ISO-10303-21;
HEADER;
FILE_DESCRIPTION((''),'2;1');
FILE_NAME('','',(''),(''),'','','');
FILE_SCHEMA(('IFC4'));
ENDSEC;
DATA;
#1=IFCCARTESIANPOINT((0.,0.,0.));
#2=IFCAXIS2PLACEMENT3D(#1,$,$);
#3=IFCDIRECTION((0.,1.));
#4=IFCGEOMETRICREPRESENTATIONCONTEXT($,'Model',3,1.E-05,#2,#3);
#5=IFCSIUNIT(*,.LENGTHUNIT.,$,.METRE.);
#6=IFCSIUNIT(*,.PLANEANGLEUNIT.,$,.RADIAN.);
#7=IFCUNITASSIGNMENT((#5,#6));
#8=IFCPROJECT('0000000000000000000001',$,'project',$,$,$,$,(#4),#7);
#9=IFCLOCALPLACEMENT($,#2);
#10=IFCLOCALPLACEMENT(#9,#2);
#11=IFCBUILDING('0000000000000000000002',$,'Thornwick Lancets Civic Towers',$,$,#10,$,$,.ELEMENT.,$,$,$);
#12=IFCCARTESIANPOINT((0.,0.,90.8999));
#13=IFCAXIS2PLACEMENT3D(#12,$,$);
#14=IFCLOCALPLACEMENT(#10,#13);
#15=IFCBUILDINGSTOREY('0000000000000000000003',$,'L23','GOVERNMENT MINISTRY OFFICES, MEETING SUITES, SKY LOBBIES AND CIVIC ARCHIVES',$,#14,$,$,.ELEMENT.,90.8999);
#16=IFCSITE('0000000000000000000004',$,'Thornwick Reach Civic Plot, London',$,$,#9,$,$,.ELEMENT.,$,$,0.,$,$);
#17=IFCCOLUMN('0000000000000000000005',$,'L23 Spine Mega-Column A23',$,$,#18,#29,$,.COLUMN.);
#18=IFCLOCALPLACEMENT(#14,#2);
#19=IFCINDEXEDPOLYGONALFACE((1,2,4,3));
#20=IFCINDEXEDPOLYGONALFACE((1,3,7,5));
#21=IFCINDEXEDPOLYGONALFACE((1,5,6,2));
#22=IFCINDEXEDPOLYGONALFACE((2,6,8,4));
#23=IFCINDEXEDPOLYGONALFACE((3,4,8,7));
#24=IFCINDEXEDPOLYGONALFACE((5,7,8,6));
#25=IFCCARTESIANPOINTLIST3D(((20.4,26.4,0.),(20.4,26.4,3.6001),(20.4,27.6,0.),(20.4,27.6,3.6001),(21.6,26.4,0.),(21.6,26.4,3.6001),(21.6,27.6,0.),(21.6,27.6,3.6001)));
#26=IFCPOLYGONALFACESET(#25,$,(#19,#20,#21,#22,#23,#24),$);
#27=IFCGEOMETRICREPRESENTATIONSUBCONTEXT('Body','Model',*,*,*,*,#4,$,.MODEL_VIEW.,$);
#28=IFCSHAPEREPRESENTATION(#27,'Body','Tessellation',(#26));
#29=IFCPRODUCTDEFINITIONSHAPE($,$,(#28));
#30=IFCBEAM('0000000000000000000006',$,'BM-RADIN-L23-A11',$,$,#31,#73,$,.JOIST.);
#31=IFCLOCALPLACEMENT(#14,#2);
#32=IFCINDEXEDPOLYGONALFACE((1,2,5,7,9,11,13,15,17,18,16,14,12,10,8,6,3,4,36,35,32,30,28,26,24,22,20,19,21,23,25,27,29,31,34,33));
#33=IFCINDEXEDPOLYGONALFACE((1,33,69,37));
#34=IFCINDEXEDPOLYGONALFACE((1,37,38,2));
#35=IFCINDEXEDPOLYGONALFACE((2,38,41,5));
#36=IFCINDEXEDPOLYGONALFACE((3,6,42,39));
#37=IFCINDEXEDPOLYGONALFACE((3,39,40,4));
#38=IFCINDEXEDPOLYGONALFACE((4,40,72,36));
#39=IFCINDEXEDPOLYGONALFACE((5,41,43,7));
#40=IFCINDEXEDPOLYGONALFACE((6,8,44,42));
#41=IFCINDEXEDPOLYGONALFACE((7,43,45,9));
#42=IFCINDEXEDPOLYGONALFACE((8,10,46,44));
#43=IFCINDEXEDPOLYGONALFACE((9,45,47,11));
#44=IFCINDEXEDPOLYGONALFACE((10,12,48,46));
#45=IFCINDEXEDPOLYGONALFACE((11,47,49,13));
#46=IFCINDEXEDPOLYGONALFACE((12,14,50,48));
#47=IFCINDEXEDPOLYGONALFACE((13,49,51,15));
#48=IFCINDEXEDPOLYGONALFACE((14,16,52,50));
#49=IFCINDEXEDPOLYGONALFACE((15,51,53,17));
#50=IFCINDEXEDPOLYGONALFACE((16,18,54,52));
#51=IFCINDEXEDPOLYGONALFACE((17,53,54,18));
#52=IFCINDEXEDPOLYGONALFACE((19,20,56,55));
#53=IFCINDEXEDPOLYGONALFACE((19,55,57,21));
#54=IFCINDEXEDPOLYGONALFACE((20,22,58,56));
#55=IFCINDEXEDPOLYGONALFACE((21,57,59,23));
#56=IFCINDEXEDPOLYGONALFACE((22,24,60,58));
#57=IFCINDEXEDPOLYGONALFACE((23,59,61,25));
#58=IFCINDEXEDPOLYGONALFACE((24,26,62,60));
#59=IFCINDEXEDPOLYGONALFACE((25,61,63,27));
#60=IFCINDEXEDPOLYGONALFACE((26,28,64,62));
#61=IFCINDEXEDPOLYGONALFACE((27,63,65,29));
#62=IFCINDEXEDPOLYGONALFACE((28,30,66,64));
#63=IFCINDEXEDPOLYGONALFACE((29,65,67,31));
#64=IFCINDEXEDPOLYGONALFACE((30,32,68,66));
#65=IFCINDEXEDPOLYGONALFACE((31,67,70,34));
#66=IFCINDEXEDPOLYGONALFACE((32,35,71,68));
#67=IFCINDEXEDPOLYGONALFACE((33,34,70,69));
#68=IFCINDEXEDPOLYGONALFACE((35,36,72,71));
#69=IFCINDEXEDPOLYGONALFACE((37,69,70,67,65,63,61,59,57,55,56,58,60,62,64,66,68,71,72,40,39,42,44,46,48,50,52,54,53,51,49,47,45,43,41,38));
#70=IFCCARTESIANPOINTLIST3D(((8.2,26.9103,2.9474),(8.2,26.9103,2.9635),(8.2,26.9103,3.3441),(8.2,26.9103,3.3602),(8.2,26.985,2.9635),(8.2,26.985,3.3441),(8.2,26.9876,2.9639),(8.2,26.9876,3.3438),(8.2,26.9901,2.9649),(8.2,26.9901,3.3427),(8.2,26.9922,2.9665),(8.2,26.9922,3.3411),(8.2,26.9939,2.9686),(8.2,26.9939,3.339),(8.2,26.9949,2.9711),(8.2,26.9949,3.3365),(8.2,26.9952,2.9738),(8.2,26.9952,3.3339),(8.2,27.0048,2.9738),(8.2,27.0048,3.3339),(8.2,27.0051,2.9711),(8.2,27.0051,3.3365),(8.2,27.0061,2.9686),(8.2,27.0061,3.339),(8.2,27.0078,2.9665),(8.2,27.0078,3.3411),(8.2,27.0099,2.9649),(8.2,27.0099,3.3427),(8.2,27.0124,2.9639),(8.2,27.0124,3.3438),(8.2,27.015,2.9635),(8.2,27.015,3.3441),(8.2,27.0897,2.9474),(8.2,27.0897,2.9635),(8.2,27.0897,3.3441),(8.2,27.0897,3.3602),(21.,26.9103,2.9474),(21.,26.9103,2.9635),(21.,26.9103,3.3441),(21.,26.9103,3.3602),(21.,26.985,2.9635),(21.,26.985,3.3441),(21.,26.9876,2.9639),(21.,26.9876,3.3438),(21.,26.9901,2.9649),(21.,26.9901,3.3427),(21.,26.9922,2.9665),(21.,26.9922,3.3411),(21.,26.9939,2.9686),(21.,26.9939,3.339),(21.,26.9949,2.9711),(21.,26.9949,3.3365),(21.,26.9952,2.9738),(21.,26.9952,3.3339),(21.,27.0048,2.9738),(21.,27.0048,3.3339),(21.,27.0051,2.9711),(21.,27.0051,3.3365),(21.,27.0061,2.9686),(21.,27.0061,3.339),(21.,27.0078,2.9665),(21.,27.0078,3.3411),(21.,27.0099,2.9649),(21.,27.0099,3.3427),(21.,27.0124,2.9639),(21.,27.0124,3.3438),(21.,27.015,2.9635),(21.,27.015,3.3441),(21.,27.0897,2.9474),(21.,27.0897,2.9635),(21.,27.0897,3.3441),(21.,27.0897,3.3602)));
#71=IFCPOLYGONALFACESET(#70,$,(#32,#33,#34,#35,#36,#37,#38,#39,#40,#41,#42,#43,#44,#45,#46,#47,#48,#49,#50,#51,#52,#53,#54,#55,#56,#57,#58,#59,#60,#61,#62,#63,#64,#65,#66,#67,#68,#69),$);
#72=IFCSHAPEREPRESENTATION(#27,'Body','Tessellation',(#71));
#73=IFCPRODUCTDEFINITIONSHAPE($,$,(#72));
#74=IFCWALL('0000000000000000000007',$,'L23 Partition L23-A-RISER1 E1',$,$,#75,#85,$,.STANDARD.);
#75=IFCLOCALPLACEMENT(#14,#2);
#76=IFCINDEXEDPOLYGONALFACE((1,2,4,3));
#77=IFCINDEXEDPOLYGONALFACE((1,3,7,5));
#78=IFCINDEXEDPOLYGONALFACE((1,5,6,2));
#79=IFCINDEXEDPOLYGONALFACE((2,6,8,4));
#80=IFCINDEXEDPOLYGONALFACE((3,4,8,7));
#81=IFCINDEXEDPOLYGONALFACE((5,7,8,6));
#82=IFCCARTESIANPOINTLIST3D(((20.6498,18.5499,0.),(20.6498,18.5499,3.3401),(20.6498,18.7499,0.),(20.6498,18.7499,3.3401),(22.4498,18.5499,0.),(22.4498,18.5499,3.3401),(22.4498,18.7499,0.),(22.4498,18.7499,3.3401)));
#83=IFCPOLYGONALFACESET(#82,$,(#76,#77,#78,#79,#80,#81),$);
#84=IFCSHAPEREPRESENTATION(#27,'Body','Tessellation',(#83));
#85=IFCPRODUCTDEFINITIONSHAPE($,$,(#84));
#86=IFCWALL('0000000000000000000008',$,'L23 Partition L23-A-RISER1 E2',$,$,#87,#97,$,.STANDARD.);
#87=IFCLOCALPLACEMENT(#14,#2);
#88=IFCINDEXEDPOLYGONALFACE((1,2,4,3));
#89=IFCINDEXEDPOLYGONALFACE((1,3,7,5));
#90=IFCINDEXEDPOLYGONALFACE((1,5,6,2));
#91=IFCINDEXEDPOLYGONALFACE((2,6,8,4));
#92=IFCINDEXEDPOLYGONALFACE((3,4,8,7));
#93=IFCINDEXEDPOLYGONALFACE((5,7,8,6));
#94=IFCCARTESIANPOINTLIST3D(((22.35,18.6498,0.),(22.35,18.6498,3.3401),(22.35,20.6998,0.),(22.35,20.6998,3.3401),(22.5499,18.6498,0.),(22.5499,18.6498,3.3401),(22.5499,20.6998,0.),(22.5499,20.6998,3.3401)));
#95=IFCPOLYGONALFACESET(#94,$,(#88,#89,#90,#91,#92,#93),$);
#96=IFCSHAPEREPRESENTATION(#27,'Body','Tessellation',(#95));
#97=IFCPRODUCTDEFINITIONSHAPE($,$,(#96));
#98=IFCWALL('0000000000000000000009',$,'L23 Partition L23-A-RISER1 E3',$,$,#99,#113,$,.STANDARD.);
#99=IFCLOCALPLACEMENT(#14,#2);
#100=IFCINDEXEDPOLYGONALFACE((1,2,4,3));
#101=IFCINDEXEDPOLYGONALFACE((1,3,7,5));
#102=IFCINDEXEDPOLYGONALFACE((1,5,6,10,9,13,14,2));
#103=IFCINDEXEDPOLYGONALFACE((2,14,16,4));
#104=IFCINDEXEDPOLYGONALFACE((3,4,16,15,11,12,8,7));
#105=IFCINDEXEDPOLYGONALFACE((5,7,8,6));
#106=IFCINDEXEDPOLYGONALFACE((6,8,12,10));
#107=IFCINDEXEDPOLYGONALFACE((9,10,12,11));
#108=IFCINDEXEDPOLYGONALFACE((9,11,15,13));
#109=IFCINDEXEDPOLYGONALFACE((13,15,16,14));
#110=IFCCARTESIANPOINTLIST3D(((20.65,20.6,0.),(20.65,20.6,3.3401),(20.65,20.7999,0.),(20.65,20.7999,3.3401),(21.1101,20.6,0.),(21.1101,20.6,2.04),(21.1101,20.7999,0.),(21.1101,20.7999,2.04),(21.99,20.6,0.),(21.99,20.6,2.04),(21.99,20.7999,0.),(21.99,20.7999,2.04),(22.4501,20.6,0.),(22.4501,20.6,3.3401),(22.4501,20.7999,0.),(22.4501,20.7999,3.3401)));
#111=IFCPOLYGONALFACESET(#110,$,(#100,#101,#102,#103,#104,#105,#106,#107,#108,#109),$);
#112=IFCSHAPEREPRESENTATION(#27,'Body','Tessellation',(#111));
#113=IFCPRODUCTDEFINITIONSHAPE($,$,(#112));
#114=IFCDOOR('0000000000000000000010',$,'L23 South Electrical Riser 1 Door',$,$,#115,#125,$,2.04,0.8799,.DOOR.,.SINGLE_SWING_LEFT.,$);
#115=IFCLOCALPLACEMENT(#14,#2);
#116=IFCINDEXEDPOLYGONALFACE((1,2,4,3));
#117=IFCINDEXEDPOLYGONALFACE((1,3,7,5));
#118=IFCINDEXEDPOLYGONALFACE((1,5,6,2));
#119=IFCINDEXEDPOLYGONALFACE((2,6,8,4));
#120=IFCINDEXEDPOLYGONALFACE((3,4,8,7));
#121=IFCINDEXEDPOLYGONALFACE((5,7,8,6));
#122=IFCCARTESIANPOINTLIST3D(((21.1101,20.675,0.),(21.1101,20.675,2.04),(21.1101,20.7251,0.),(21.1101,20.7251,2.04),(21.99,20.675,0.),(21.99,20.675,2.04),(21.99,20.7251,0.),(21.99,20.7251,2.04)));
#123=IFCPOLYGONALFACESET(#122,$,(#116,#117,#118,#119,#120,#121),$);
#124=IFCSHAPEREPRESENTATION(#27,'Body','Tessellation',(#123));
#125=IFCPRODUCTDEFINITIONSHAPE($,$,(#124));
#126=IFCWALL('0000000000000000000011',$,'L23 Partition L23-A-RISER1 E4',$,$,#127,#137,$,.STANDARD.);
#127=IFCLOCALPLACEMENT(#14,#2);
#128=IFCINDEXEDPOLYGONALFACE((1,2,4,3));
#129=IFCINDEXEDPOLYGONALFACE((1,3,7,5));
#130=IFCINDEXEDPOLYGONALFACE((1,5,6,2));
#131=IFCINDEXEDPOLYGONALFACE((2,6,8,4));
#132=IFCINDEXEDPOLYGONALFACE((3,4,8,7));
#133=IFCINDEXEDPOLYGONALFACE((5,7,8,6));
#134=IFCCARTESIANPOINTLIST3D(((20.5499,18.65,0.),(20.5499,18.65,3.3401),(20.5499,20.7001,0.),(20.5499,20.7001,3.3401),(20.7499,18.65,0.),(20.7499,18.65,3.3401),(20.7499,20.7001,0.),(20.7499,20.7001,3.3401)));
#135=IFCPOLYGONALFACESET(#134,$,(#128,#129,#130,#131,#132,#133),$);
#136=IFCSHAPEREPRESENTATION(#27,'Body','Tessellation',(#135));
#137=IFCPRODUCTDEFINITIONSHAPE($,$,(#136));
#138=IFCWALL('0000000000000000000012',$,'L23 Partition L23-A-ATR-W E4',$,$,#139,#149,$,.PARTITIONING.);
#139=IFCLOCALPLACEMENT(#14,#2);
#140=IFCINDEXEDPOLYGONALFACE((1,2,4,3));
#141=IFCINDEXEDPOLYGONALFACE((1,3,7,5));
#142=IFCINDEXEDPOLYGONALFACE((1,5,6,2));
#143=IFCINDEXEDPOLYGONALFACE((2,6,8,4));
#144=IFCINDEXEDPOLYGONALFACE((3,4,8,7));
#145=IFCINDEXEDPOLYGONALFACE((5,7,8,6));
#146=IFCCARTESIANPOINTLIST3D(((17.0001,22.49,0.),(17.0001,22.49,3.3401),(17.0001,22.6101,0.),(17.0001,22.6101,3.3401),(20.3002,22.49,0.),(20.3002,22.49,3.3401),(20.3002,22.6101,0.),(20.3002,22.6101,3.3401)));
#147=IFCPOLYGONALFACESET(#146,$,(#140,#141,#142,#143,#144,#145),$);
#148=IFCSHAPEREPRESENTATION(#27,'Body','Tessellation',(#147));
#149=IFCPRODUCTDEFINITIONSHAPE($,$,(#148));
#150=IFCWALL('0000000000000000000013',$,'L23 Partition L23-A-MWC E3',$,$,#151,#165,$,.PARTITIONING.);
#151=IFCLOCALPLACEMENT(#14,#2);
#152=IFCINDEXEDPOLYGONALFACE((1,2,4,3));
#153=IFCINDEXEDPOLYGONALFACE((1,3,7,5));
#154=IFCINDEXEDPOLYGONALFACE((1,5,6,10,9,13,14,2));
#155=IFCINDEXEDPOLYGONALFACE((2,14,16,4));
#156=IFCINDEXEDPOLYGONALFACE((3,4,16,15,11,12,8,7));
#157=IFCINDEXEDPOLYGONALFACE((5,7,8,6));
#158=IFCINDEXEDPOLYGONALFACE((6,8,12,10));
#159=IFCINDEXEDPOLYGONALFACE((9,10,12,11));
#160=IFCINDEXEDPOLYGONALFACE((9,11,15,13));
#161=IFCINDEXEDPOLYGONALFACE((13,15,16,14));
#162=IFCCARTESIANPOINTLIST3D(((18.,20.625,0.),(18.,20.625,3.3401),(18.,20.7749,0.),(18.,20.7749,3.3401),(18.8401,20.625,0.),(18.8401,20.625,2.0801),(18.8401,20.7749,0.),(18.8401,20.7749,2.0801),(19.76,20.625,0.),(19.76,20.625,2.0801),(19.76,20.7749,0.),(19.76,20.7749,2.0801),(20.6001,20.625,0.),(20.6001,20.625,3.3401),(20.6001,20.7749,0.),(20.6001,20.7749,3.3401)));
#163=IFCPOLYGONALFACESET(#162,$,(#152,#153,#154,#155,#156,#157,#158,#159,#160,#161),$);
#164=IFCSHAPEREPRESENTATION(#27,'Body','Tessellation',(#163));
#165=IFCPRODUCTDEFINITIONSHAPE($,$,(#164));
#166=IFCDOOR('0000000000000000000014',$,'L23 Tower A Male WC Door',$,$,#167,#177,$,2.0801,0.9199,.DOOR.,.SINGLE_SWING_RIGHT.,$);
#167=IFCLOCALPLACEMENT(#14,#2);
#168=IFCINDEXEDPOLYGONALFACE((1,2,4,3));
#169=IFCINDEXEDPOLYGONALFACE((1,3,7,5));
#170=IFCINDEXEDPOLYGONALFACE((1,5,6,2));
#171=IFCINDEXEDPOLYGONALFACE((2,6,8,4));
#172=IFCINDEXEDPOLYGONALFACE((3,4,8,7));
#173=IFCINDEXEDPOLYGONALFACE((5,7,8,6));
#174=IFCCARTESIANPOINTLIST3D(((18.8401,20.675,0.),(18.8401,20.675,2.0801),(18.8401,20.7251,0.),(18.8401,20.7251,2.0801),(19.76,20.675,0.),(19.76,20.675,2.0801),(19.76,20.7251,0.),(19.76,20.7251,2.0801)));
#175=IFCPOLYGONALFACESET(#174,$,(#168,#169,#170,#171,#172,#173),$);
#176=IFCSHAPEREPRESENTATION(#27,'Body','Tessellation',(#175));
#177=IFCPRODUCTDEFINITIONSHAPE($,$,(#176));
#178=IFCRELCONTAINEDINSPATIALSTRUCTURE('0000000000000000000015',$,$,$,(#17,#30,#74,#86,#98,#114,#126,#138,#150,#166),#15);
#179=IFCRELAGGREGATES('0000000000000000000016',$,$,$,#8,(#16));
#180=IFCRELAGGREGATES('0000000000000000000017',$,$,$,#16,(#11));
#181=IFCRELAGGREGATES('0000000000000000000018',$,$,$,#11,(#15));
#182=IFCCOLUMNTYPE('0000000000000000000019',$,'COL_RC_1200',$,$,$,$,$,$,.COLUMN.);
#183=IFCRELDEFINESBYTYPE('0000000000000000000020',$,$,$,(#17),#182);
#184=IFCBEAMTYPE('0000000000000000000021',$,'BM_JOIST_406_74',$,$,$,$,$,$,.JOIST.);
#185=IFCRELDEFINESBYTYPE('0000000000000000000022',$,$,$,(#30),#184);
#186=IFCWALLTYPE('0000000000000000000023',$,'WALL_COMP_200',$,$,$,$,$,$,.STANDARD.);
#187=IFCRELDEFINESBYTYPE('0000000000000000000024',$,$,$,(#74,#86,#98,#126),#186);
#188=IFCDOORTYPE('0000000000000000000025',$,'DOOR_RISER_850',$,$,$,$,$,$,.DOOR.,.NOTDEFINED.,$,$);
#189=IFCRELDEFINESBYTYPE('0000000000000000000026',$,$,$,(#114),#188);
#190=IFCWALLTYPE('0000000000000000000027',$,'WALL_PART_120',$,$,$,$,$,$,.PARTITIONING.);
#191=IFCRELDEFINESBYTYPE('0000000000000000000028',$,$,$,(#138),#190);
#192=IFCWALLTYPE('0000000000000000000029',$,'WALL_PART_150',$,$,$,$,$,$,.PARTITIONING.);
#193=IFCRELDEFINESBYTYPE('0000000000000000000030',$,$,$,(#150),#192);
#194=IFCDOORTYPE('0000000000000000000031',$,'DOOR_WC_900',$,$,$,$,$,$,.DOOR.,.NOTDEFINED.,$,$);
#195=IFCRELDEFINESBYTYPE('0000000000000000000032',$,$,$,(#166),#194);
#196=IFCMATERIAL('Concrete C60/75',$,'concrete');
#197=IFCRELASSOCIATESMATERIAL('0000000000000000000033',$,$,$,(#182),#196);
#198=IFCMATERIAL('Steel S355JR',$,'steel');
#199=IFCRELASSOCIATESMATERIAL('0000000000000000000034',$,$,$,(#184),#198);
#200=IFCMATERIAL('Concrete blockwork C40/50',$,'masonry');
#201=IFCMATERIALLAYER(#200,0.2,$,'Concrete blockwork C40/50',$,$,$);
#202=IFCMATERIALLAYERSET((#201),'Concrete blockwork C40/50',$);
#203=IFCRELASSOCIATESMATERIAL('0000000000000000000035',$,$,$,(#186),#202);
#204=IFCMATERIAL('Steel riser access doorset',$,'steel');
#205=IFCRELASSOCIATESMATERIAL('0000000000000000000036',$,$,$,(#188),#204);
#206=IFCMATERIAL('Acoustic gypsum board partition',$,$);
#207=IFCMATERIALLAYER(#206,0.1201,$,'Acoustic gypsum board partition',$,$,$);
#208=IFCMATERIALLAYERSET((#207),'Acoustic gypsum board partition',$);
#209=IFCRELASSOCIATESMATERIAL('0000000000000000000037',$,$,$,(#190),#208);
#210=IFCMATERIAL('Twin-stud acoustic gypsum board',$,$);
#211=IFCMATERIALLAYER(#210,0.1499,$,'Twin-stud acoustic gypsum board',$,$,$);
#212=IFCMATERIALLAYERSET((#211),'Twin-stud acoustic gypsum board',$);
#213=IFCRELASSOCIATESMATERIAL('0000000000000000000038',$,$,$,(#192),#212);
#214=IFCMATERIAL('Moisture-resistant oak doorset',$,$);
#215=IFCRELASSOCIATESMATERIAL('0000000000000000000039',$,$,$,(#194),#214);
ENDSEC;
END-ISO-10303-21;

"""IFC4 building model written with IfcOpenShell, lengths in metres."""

from ifc_helpers import new_model, si_unit, direction, frame, frame_2d, origin, origin_2d, place, context, subcontext, project, spatial, rectangle, i_section, extrude, material, layer, layer_set, material_profile, profile_set, type_object, element, fill, save


model = new_model("IFC4")

# Units and contexts
model_context = context("Model", 3, precision=1e-05, world=origin(), true_north=direction((0.0, 1.0)))
body_context = subcontext(model_context, "Body", "Model", "MODEL_VIEW")
ifc_project = project(units=[si_unit("LENGTHUNIT", "METRE"), si_unit("PLANEANGLEUNIT", "RADIAN")], contexts=[model_context])

# Site, building, storey
site_placement = place(None, origin())
site = spatial("IfcSite", under=ifc_project, at=site_placement, Name="Thornwick Reach Civic Plot, London", CompositionType="ELEMENT", RefElevation=0.0)
building_placement = place(site_placement, origin())
building = spatial("IfcBuilding", under=site, at=building_placement, Name="Thornwick Lancets Civic Towers", CompositionType="ELEMENT")
storey_placement = place(building_placement, frame((0.0, 0.0, 90.8999)))
storey = spatial("IfcBuildingStorey", under=building, at=storey_placement, Name="L23", Description="GOVERNMENT MINISTRY OFFICES, MEETING SUITES, SKY LOBBIES AND CIVIC ARCHIVES", CompositionType="ELEMENT", Elevation=90.8999)

# Column
ifc_material_1 = material(Name="Concrete C60/75", Category="concrete")
ifc_material_profile_1 = material_profile(ifc_material_1, rectangle(XDim=1.2, YDim=1.2, at=origin_2d()), Name="RC 1200x1200")
ifc_profile_set_1 = profile_set([ifc_material_profile_1], Name="Concrete C60/75")
column_type = type_object("IfcColumnType", Name="COL_RC_1200", PredefinedType="COLUMN", material=ifc_profile_set_1)
column_placement = place(storey_placement, frame((21.0, 27.0, 0.0), z_axis=(0.0, 0.0, 1.0), x_axis=(1.0, 0.0, 0.0)))
element("IfcColumn", 1, at=column_placement, inside=storey, type_object=column_type, Name="L23 Spine Mega-Column A23", PredefinedType="COLUMN", context=body_context, shape_type="SweptSolid", body=[
    extrude(rectangle(XDim=1.2, YDim=1.2, at=origin_2d()), origin(), (0.0, 0.0, 1.0), 3.6001),
])

# Beam
ifc_material_2 = material(Name="Steel S355JR", Category="steel")
ifc_material_profile_2 = material_profile(ifc_material_2, i_section(OverallWidth=0.1794, OverallDepth=0.4128, WebThickness=0.0095, FlangeThickness=0.0161, FilletRadius=0.0103, at=origin_2d()), Name="UKB 406x178x74")
ifc_profile_set_2 = profile_set([ifc_material_profile_2], Name="Steel S355JR")
beam_type = type_object("IfcBeamType", Name="BM_JOIST_406_74", PredefinedType="JOIST", material=ifc_profile_set_2)
beam_placement = place(storey_placement, frame((21.0, 27.0, 3.1538), z_axis=(-1.0, 0.0, 0.0), x_axis=(0.0, -1.0, 0.0)))
element("IfcBeam", 2, at=beam_placement, inside=storey, type_object=beam_type, Name="BM-RADIN-L23-A11", PredefinedType="JOIST", context=body_context, shape_type="SweptSolid", body=[
    extrude(i_section(OverallWidth=0.1794, OverallDepth=0.4128, WebThickness=0.0095, FlangeThickness=0.0161, FilletRadius=0.0103, at=origin_2d()), origin(), (0.0, 0.0, 1.0), 12.8),
])

# Walls
ifc_material_3 = material(Name="Concrete blockwork C40/50", Category="masonry")
ifc_layer_1 = layer(ifc_material_3, 0.2, Name="Concrete blockwork C40/50")
ifc_layer_set_1 = layer_set([ifc_layer_1], Name="Concrete blockwork C40/50")
wall_type_1 = type_object("IfcWallType", Name="WALL_COMP_200", PredefinedType="STANDARD", material=ifc_layer_set_1)
wall_1_placement = place(storey_placement, frame((20.6499, 18.6499, 0.0), z_axis=(0.0, 0.0, 1.0), x_axis=(1.0, 0.0, 0.0)))
element("IfcWall", 3, at=wall_1_placement, inside=storey, type_object=wall_type_1, Name="L23 Partition L23-A-RISER1 E1", PredefinedType="STANDARD", context=body_context, shape_type="SweptSolid", body=[
    extrude(rectangle(XDim=1.8, YDim=0.2, at=frame_2d((0.8999, 0.0))), origin(), (0.0, 0.0, 1.0), 3.3401),
])
wall_2_placement = place(storey_placement, frame((22.45, 18.6499, 0.0), z_axis=(0.0, 0.0, 1.0), x_axis=(0.0, 1.0, 0.0)))
element("IfcWall", 4, at=wall_2_placement, inside=storey, type_object=wall_type_1, Name="L23 Partition L23-A-RISER1 E2", PredefinedType="STANDARD", context=body_context, shape_type="SweptSolid", body=[
    extrude(rectangle(XDim=2.05, YDim=0.2, at=frame_2d((1.0249, 0.0))), origin(), (0.0, 0.0, 1.0), 3.3401),
])

# Wall, opening, door
wall_3_placement = place(storey_placement, frame((22.45, 20.7, 0.0), z_axis=(0.0, 0.0, 1.0), x_axis=(-1.0, 0.0, 0.0)))
wall_3 = element("IfcWall", 5, at=wall_3_placement, inside=storey, type_object=wall_type_1, Name="L23 Partition L23-A-RISER1 E3", PredefinedType="STANDARD", context=body_context, shape_type="SweptSolid", body=[
    extrude(rectangle(XDim=1.8, YDim=0.2, at=frame_2d((0.8999, 0.0))), origin(), (0.0, 0.0, 1.0), 3.3401),
])
opening_1_placement = place(wall_3_placement, frame((0.46, 0.0, 0.0)))
opening_1 = element("IfcOpeningElement", 6, at=opening_1_placement, cuts=wall_3, PredefinedType="OPENING", context=body_context, shape_type="SweptSolid", body=[
    extrude(rectangle(XDim=0.8799, YDim=2.04, at=frame_2d((0.4399, 1.02))), frame((0.0, 0.1099, 0.0), z_axis=(0.0, -1.0, 0.0), x_axis=(1.0, 0.0, 0.0)), (0.0, 0.0, 1.0), 0.22),
])
ifc_material_4 = material(Name="Steel riser access doorset", Category="steel")
door_type_1 = type_object("IfcDoorType", Name="DOOR_RISER_850", OperationType="NOTDEFINED", PredefinedType="DOOR", material=ifc_material_4)
door_1_placement = place(opening_1_placement, origin())
door_1 = element("IfcDoor", 7, at=door_1_placement, inside=storey, type_object=door_type_1, Name="L23 South Electrical Riser 1 Door", OperationType="SINGLE_SWING_LEFT", OverallHeight=2.04, OverallWidth=0.8799, PredefinedType="DOOR", context=body_context, shape_type="SweptSolid", body=[
    extrude(rectangle(XDim=0.8799, YDim=2.04, at=frame_2d((0.4399, 1.02))), frame((0.0, 0.0249, 0.0), z_axis=(0.0, -1.0, 0.0), x_axis=(1.0, 0.0, 0.0)), (0.0, 0.0, 1.0), 0.05),
])
fill(opening_1, door_1)

# Walls
wall_4_placement = place(storey_placement, frame((20.6499, 20.7, 0.0), z_axis=(0.0, 0.0, 1.0), x_axis=(0.0, -1.0, 0.0)))
element("IfcWall", 8, at=wall_4_placement, inside=storey, type_object=wall_type_1, Name="L23 Partition L23-A-RISER1 E4", PredefinedType="STANDARD", context=body_context, shape_type="SweptSolid", body=[
    extrude(rectangle(XDim=2.05, YDim=0.2, at=frame_2d((1.0249, 0.0))), origin(), (0.0, 0.0, 1.0), 3.3401),
])
ifc_material_5 = material(Name="Acoustic gypsum board partition")
ifc_layer_2 = layer(ifc_material_5, 0.1201, Name="Acoustic gypsum board partition")
ifc_layer_set_2 = layer_set([ifc_layer_2], Name="Acoustic gypsum board partition")
wall_type_2 = type_object("IfcWallType", Name="WALL_PART_120", PredefinedType="PARTITIONING", material=ifc_layer_set_2)
wall_5_placement = place(storey_placement, frame((20.3, 22.55, 0.0), z_axis=(0.0, 0.0, 1.0), x_axis=(-1.0, 0.0, 0.0)))
element("IfcWall", 9, at=wall_5_placement, inside=storey, type_object=wall_type_2, Name="L23 Partition L23-A-ATR-W E4", PredefinedType="PARTITIONING", context=body_context, shape_type="SweptSolid", body=[
    extrude(rectangle(XDim=3.3, YDim=0.1201, at=frame_2d((1.6499, 0.0))), origin(), (0.0, 0.0, 1.0), 3.3401),
])

# Wall, opening, door
ifc_material_6 = material(Name="Twin-stud acoustic gypsum board")
ifc_layer_3 = layer(ifc_material_6, 0.1499, Name="Twin-stud acoustic gypsum board")
ifc_layer_set_3 = layer_set([ifc_layer_3], Name="Twin-stud acoustic gypsum board")
wall_type_3 = type_object("IfcWallType", Name="WALL_PART_150", PredefinedType="PARTITIONING", material=ifc_layer_set_3)
wall_6_placement = place(storey_placement, frame((20.6001, 20.7, 0.0), z_axis=(0.0, 0.0, 1.0), x_axis=(-1.0, 0.0, 0.0)))
wall_6 = element("IfcWall", 10, at=wall_6_placement, inside=storey, type_object=wall_type_3, Name="L23 Partition L23-A-MWC E3", PredefinedType="PARTITIONING", context=body_context, shape_type="SweptSolid", body=[
    extrude(rectangle(XDim=2.6001, YDim=0.1499, at=frame_2d((1.3, 0.0))), origin(), (0.0, 0.0, 1.0), 3.3401),
])
opening_2_placement = place(wall_6_placement, frame((0.8401, 0.0, 0.0)))
opening_2 = element("IfcOpeningElement", 11, at=opening_2_placement, cuts=wall_6, PredefinedType="OPENING", context=body_context, shape_type="SweptSolid", body=[
    extrude(rectangle(XDim=0.9199, YDim=2.0801, at=frame_2d((0.46, 1.04))), frame((0.0, 0.085, 0.0), z_axis=(0.0, -1.0, 0.0), x_axis=(1.0, 0.0, 0.0)), (0.0, 0.0, 1.0), 0.1699),
])
ifc_material_7 = material(Name="Moisture-resistant oak doorset")
door_type_2 = type_object("IfcDoorType", Name="DOOR_WC_900", OperationType="NOTDEFINED", PredefinedType="DOOR", material=ifc_material_7)
door_2_placement = place(opening_2_placement, origin())
door_2 = element("IfcDoor", 12, at=door_2_placement, inside=storey, type_object=door_type_2, Name="L23 Tower A Male WC Door", OperationType="SINGLE_SWING_RIGHT", OverallHeight=2.0801, OverallWidth=0.9199, PredefinedType="DOOR", context=body_context, shape_type="SweptSolid", body=[
    extrude(rectangle(XDim=0.9199, YDim=2.0801, at=frame_2d((0.46, 1.04))), frame((0.0, 0.0249, 0.0), z_axis=(0.0, -1.0, 0.0), x_axis=(1.0, 0.0, 0.0)), (0.0, 0.0, 1.0), 0.05),
])
fill(opening_2, door_2)

save(model, "model.ifc")
